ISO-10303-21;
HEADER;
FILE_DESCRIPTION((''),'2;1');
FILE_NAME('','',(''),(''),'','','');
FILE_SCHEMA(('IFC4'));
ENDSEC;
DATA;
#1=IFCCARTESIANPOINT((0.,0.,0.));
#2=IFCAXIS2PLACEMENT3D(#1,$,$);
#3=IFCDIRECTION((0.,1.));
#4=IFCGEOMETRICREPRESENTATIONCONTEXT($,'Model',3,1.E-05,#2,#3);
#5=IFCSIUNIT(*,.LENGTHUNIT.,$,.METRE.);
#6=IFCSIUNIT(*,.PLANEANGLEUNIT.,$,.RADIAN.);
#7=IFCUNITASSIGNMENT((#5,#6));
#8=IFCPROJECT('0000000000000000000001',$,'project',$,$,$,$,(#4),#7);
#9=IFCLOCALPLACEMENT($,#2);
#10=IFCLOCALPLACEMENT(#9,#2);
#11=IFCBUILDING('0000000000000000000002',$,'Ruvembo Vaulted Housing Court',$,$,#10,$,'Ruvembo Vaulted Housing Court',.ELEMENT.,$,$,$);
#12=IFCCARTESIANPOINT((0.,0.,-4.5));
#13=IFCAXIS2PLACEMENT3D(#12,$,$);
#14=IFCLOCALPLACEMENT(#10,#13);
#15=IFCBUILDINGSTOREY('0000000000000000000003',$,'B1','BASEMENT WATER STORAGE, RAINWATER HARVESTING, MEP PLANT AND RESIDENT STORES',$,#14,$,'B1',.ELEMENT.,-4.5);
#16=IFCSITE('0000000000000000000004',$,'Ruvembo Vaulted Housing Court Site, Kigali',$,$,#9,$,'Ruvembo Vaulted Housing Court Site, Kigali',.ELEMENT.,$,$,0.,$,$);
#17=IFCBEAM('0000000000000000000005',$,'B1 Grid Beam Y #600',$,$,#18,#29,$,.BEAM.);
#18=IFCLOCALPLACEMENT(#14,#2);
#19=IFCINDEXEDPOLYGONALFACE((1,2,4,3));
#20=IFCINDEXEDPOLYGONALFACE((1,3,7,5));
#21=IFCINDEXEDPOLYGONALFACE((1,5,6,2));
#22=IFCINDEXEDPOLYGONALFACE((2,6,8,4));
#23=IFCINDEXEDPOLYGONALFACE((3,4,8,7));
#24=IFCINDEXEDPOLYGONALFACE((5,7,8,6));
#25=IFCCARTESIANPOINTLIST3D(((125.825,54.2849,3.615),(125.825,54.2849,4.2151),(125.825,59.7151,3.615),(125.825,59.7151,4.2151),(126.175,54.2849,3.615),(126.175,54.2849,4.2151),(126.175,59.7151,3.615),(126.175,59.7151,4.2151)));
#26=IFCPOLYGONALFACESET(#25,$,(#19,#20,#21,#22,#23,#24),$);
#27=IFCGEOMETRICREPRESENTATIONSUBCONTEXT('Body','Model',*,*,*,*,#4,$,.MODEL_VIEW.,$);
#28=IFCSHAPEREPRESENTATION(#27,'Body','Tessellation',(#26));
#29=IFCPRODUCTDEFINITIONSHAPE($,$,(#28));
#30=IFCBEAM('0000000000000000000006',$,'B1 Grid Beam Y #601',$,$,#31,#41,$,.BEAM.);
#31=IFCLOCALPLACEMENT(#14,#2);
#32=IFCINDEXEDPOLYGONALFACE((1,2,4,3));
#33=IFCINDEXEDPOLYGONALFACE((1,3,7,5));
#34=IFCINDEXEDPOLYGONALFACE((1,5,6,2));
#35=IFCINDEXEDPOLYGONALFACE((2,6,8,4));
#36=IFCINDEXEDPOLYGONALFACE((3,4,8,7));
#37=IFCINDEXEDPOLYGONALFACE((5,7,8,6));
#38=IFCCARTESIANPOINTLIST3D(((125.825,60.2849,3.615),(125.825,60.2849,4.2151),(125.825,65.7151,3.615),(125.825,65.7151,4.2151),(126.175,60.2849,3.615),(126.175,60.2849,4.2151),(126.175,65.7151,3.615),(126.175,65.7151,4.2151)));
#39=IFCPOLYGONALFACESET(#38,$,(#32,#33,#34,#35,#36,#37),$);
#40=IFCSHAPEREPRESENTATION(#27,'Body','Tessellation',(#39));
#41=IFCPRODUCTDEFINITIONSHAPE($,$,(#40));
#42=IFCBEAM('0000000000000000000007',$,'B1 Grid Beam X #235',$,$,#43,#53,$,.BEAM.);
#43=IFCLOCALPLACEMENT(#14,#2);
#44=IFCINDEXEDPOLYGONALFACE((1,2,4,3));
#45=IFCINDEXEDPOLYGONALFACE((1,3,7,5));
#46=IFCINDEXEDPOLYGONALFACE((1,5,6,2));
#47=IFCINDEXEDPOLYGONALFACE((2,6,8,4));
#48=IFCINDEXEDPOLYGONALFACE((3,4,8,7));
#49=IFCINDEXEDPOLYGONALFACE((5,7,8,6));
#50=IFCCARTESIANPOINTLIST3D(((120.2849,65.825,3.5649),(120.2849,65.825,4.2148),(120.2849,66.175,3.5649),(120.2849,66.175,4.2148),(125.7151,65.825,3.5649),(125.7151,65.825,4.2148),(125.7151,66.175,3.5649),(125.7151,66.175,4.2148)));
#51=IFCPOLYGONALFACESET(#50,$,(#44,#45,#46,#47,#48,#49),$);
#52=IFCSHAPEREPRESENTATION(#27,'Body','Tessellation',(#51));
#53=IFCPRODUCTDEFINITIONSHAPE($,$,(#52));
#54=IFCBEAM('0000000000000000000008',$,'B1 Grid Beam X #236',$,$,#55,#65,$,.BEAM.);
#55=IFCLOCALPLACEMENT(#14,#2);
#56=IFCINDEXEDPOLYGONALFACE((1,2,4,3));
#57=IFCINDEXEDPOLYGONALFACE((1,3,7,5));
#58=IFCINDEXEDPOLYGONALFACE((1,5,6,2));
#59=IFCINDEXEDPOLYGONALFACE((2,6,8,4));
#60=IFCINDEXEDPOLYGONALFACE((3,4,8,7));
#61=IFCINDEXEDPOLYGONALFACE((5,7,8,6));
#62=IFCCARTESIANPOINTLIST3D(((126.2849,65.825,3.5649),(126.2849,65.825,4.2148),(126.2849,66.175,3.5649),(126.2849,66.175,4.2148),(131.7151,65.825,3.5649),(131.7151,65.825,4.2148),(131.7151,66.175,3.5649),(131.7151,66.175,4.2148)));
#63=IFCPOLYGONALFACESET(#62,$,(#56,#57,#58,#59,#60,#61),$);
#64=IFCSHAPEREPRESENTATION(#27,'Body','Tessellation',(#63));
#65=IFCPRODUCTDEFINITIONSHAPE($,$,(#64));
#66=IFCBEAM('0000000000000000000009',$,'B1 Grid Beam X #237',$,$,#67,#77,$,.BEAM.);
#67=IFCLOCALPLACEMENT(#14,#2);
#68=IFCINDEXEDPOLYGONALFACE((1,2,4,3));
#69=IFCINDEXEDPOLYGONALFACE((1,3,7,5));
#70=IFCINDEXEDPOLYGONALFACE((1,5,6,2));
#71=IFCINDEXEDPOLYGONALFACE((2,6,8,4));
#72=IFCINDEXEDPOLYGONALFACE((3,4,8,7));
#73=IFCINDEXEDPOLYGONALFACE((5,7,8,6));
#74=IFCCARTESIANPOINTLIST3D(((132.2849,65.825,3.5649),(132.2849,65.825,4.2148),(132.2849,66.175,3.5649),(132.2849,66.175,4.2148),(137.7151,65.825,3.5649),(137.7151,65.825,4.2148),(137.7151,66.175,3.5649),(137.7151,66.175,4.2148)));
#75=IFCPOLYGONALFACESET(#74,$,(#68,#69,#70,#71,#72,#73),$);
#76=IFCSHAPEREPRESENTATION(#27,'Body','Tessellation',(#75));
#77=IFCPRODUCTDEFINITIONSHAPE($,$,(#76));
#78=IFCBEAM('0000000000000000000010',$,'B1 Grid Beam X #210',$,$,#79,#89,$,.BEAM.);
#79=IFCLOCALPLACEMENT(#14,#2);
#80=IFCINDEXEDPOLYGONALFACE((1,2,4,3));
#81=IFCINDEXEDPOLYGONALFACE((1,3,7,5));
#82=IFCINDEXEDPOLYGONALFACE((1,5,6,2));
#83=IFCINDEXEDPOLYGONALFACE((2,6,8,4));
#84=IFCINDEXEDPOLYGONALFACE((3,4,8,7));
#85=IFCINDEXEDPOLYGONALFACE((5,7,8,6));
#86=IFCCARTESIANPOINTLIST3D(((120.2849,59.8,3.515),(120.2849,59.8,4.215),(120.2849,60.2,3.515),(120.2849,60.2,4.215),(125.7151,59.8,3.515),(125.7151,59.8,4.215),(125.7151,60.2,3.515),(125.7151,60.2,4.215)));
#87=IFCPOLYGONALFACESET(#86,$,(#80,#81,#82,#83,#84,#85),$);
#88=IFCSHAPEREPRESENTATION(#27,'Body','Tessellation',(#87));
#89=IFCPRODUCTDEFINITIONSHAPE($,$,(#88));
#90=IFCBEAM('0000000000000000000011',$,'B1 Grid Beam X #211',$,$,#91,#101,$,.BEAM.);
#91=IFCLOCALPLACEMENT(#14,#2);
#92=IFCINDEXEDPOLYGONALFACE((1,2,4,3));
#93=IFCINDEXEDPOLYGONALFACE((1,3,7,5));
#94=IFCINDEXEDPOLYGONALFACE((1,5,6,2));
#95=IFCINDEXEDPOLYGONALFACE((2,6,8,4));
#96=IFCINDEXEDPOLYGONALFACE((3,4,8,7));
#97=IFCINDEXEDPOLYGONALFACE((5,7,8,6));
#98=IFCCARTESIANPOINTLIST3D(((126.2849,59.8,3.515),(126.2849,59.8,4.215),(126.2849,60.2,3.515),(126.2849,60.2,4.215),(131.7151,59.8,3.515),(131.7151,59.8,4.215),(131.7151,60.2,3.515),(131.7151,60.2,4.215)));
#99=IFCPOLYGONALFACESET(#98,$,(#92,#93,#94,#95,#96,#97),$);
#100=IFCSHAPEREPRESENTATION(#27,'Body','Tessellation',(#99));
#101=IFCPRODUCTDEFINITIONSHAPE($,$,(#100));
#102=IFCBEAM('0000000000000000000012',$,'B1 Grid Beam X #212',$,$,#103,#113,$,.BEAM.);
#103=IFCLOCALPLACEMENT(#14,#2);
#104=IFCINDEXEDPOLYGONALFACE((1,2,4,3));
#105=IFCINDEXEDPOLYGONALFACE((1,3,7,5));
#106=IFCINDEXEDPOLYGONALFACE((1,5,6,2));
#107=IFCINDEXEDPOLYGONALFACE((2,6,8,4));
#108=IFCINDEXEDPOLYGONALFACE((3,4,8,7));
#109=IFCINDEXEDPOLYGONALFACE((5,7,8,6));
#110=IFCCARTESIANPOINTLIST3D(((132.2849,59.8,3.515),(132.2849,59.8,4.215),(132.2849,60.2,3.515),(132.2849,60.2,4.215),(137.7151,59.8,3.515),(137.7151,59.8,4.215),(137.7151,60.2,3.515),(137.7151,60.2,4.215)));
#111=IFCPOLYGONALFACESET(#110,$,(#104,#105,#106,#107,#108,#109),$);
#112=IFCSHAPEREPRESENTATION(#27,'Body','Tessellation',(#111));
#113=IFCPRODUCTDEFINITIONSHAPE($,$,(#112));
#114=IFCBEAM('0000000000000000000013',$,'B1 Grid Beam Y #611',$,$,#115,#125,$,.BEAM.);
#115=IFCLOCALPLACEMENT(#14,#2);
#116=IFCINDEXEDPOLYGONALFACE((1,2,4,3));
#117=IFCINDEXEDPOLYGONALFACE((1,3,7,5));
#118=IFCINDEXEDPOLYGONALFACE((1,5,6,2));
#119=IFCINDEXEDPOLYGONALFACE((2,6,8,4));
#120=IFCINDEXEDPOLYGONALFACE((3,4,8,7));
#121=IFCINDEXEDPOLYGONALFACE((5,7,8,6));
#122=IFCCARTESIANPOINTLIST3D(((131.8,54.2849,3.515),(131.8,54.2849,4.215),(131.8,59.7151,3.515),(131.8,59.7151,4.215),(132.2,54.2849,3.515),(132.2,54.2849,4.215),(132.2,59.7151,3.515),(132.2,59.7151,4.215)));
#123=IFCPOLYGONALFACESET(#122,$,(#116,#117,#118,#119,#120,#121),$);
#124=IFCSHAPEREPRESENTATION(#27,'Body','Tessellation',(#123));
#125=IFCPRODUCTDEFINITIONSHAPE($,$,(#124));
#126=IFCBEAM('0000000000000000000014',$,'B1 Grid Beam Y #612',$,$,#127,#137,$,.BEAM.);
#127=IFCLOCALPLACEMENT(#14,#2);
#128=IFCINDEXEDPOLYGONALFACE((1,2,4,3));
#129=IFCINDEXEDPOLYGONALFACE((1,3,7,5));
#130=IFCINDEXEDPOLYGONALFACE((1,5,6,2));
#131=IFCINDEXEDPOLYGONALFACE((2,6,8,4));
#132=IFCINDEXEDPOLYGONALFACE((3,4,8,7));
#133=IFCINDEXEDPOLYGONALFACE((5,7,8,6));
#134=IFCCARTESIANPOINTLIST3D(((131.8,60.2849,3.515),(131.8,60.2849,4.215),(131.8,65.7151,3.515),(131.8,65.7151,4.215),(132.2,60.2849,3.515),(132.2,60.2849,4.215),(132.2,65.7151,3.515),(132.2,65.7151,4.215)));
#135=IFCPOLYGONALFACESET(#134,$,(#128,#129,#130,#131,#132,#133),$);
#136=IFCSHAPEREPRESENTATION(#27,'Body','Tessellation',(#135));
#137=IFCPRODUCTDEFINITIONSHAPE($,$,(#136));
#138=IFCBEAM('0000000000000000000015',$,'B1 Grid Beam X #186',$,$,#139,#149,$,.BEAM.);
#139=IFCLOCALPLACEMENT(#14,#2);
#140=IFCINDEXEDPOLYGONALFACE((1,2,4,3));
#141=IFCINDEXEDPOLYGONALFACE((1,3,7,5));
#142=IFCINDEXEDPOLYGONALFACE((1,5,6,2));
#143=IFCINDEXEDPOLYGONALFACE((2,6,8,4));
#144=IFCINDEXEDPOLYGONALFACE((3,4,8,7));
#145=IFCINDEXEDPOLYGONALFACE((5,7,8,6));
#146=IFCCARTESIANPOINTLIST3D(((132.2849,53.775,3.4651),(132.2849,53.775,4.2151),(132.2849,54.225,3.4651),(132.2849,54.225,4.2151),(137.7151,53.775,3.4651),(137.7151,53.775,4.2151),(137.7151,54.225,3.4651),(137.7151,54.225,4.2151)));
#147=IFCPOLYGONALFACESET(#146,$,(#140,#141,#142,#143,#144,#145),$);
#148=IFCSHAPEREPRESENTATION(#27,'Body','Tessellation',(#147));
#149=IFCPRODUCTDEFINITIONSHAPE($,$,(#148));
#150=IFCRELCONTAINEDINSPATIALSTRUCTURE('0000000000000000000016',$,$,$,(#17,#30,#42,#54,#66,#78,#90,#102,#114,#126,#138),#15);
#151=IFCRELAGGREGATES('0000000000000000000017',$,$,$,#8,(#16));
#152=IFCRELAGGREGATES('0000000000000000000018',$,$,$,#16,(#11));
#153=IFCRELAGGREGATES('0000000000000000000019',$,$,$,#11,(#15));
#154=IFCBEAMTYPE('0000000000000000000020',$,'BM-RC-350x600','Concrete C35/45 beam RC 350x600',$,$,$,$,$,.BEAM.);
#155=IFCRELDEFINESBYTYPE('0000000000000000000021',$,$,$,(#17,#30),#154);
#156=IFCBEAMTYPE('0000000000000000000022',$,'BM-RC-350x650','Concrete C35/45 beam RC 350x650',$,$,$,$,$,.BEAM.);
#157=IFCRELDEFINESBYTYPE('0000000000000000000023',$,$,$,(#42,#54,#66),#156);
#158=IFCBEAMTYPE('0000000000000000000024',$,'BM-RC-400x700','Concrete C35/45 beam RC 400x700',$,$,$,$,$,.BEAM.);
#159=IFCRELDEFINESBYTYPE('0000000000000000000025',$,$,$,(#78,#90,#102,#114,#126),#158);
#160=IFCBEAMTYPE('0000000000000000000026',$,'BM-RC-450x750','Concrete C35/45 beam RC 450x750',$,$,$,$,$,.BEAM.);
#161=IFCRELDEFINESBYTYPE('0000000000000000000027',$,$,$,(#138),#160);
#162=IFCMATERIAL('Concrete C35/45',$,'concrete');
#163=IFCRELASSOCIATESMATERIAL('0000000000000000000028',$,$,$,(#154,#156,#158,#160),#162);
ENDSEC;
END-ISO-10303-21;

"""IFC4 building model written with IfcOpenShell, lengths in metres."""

from ifc_helpers import new_model, si_unit, direction, frame, origin, origin_2d, place, context, subcontext, project, spatial, rectangle, extrude, material, material_profile, profile_set, type_object, element, save


model = new_model("IFC4")

# Units and contexts
model_context = context("Model", 3, precision=1e-05, world=origin(), true_north=direction((0.0, 1.0)))
body_context = subcontext(model_context, "Body", "Model", "MODEL_VIEW")
ifc_project = project(units=[si_unit("LENGTHUNIT", "METRE"), si_unit("PLANEANGLEUNIT", "RADIAN")], contexts=[model_context])

# Site, building, storey
site_placement = place(None, origin())
site = spatial("IfcSite", under=ifc_project, at=site_placement, Name="Ruvembo Vaulted Housing Court Site, Kigali", LongName="Ruvembo Vaulted Housing Court Site, Kigali", CompositionType="ELEMENT", RefElevation=0.0)
building_placement = place(site_placement, origin())
building = spatial("IfcBuilding", under=site, at=building_placement, Name="Ruvembo Vaulted Housing Court", LongName="Ruvembo Vaulted Housing Court", CompositionType="ELEMENT")
storey_placement = place(building_placement, frame((0.0, 0.0, -4.5)))
storey = spatial("IfcBuildingStorey", under=building, at=storey_placement, Name="B1", Description="BASEMENT WATER STORAGE, RAINWATER HARVESTING, MEP PLANT AND RESIDENT STORES", LongName="B1", CompositionType="ELEMENT", Elevation=-4.5)

# Shared definitions
ifc_material_1 = material(Name="Concrete C35/45", Category="concrete")

# Beams
ifc_material_profile_1 = material_profile(ifc_material_1, rectangle(XDim=0.3501, YDim=0.6001, at=origin_2d()), Name="RC 350x600")
ifc_profile_set_1 = profile_set([ifc_material_profile_1], Name="Concrete C35/45")
beam_type_1 = type_object("IfcBeamType", Name="BM-RC-350x600", Description="Concrete C35/45 beam RC 350x600", PredefinedType="BEAM", material=ifc_profile_set_1)
for number, where, z_axis, x_axis, name in (
    (1, (126.0, 54.2849, 3.915), (0.0, 1.0, 0.0), (-1.0, 0.0, 0.0), "B1 Grid Beam Y #600"),
    (2, (126.0, 60.2849, 3.915), (0.0, 1.0, 0.0), (-1.0, 0.0, 0.0), "B1 Grid Beam Y #601"),
):
    element("IfcBeam", number, at=place(storey_placement, frame(where, z_axis=z_axis, x_axis=x_axis)), inside=storey, type_object=beam_type_1, Name=name, PredefinedType="BEAM", context=body_context, shape_type="SweptSolid", body=[
        extrude(rectangle(XDim=0.3501, YDim=0.6001, at=origin_2d()), origin(), (0.0, 0.0, 1.0), 5.4302),
    ])
ifc_material_profile_2 = material_profile(ifc_material_1, rectangle(XDim=0.3501, YDim=0.6499, at=origin_2d()), Name="RC 350x650")
ifc_profile_set_2 = profile_set([ifc_material_profile_2], Name="Concrete C35/45")
beam_type_2 = type_object("IfcBeamType", Name="BM-RC-350x650", Description="Concrete C35/45 beam RC 350x650", PredefinedType="BEAM", material=ifc_profile_set_2)
for number, where, z_axis, x_axis, name in (
    (3, (120.2849, 66.0, 3.8899), (1.0, 0.0, 0.0), (0.0, 1.0, 0.0), "B1 Grid Beam X #235"),
    (4, (126.2849, 66.0, 3.8899), (1.0, 0.0, 0.0), (0.0, 1.0, 0.0), "B1 Grid Beam X #236"),
    (5, (132.2849, 66.0, 3.8899), (1.0, 0.0, 0.0), (0.0, 1.0, 0.0), "B1 Grid Beam X #237"),
):
    element("IfcBeam", number, at=place(storey_placement, frame(where, z_axis=z_axis, x_axis=x_axis)), inside=storey, type_object=beam_type_2, Name=name, PredefinedType="BEAM", context=body_context, shape_type="SweptSolid", body=[
        extrude(rectangle(XDim=0.3501, YDim=0.6499, at=origin_2d()), origin(), (0.0, 0.0, 1.0), 5.4302),
    ])
ifc_material_profile_3 = material_profile(ifc_material_1, rectangle(XDim=0.3999, YDim=0.7, at=origin_2d()), Name="RC 400x700")
ifc_profile_set_3 = profile_set([ifc_material_profile_3], Name="Concrete C35/45")
beam_type_3 = type_object("IfcBeamType", Name="BM-RC-400x700", Description="Concrete C35/45 beam RC 400x700", PredefinedType="BEAM", material=ifc_profile_set_3)
for number, where, z_axis, x_axis, name in (
    (6, (120.2849, 60.0, 3.865), (1.0, 0.0, 0.0), (0.0, 1.0, 0.0), "B1 Grid Beam X #210"),
    (7, (126.2849, 60.0, 3.865), (1.0, 0.0, 0.0), (0.0, 1.0, 0.0), "B1 Grid Beam X #211"),
    (8, (132.2849, 60.0, 3.865), (1.0, 0.0, 0.0), (0.0, 1.0, 0.0), "B1 Grid Beam X #212"),
    (9, (132.0, 54.2849, 3.865), (0.0, 1.0, 0.0), (-1.0, 0.0, 0.0), "B1 Grid Beam Y #611"),
    (10, (132.0, 60.2849, 3.865), (0.0, 1.0, 0.0), (-1.0, 0.0, 0.0), "B1 Grid Beam Y #612"),
):
    element("IfcBeam", number, at=place(storey_placement, frame(where, z_axis=z_axis, x_axis=x_axis)), inside=storey, type_object=beam_type_3, Name=name, PredefinedType="BEAM", context=body_context, shape_type="SweptSolid", body=[
        extrude(rectangle(XDim=0.3999, YDim=0.7, at=origin_2d()), origin(), (0.0, 0.0, 1.0), 5.4302),
    ])
ifc_material_profile_4 = material_profile(ifc_material_1, rectangle(XDim=0.45, YDim=0.75, at=origin_2d()), Name="RC 450x750")
ifc_profile_set_4 = profile_set([ifc_material_profile_4], Name="Concrete C35/45")
beam_type_4 = type_object("IfcBeamType", Name="BM-RC-450x750", Description="Concrete C35/45 beam RC 450x750", PredefinedType="BEAM", material=ifc_profile_set_4)
beam_placement = place(storey_placement, frame((132.2849, 54.0, 3.8401), z_axis=(1.0, 0.0, 0.0), x_axis=(0.0, 1.0, 0.0)))
element("IfcBeam", 11, at=beam_placement, inside=storey, type_object=beam_type_4, Name="B1 Grid Beam X #186", PredefinedType="BEAM", context=body_context, shape_type="SweptSolid", body=[
    extrude(rectangle(XDim=0.45, YDim=0.75, at=origin_2d()), origin(), (0.0, 0.0, 1.0), 5.4302),
])

save(model, "model.ifc")
